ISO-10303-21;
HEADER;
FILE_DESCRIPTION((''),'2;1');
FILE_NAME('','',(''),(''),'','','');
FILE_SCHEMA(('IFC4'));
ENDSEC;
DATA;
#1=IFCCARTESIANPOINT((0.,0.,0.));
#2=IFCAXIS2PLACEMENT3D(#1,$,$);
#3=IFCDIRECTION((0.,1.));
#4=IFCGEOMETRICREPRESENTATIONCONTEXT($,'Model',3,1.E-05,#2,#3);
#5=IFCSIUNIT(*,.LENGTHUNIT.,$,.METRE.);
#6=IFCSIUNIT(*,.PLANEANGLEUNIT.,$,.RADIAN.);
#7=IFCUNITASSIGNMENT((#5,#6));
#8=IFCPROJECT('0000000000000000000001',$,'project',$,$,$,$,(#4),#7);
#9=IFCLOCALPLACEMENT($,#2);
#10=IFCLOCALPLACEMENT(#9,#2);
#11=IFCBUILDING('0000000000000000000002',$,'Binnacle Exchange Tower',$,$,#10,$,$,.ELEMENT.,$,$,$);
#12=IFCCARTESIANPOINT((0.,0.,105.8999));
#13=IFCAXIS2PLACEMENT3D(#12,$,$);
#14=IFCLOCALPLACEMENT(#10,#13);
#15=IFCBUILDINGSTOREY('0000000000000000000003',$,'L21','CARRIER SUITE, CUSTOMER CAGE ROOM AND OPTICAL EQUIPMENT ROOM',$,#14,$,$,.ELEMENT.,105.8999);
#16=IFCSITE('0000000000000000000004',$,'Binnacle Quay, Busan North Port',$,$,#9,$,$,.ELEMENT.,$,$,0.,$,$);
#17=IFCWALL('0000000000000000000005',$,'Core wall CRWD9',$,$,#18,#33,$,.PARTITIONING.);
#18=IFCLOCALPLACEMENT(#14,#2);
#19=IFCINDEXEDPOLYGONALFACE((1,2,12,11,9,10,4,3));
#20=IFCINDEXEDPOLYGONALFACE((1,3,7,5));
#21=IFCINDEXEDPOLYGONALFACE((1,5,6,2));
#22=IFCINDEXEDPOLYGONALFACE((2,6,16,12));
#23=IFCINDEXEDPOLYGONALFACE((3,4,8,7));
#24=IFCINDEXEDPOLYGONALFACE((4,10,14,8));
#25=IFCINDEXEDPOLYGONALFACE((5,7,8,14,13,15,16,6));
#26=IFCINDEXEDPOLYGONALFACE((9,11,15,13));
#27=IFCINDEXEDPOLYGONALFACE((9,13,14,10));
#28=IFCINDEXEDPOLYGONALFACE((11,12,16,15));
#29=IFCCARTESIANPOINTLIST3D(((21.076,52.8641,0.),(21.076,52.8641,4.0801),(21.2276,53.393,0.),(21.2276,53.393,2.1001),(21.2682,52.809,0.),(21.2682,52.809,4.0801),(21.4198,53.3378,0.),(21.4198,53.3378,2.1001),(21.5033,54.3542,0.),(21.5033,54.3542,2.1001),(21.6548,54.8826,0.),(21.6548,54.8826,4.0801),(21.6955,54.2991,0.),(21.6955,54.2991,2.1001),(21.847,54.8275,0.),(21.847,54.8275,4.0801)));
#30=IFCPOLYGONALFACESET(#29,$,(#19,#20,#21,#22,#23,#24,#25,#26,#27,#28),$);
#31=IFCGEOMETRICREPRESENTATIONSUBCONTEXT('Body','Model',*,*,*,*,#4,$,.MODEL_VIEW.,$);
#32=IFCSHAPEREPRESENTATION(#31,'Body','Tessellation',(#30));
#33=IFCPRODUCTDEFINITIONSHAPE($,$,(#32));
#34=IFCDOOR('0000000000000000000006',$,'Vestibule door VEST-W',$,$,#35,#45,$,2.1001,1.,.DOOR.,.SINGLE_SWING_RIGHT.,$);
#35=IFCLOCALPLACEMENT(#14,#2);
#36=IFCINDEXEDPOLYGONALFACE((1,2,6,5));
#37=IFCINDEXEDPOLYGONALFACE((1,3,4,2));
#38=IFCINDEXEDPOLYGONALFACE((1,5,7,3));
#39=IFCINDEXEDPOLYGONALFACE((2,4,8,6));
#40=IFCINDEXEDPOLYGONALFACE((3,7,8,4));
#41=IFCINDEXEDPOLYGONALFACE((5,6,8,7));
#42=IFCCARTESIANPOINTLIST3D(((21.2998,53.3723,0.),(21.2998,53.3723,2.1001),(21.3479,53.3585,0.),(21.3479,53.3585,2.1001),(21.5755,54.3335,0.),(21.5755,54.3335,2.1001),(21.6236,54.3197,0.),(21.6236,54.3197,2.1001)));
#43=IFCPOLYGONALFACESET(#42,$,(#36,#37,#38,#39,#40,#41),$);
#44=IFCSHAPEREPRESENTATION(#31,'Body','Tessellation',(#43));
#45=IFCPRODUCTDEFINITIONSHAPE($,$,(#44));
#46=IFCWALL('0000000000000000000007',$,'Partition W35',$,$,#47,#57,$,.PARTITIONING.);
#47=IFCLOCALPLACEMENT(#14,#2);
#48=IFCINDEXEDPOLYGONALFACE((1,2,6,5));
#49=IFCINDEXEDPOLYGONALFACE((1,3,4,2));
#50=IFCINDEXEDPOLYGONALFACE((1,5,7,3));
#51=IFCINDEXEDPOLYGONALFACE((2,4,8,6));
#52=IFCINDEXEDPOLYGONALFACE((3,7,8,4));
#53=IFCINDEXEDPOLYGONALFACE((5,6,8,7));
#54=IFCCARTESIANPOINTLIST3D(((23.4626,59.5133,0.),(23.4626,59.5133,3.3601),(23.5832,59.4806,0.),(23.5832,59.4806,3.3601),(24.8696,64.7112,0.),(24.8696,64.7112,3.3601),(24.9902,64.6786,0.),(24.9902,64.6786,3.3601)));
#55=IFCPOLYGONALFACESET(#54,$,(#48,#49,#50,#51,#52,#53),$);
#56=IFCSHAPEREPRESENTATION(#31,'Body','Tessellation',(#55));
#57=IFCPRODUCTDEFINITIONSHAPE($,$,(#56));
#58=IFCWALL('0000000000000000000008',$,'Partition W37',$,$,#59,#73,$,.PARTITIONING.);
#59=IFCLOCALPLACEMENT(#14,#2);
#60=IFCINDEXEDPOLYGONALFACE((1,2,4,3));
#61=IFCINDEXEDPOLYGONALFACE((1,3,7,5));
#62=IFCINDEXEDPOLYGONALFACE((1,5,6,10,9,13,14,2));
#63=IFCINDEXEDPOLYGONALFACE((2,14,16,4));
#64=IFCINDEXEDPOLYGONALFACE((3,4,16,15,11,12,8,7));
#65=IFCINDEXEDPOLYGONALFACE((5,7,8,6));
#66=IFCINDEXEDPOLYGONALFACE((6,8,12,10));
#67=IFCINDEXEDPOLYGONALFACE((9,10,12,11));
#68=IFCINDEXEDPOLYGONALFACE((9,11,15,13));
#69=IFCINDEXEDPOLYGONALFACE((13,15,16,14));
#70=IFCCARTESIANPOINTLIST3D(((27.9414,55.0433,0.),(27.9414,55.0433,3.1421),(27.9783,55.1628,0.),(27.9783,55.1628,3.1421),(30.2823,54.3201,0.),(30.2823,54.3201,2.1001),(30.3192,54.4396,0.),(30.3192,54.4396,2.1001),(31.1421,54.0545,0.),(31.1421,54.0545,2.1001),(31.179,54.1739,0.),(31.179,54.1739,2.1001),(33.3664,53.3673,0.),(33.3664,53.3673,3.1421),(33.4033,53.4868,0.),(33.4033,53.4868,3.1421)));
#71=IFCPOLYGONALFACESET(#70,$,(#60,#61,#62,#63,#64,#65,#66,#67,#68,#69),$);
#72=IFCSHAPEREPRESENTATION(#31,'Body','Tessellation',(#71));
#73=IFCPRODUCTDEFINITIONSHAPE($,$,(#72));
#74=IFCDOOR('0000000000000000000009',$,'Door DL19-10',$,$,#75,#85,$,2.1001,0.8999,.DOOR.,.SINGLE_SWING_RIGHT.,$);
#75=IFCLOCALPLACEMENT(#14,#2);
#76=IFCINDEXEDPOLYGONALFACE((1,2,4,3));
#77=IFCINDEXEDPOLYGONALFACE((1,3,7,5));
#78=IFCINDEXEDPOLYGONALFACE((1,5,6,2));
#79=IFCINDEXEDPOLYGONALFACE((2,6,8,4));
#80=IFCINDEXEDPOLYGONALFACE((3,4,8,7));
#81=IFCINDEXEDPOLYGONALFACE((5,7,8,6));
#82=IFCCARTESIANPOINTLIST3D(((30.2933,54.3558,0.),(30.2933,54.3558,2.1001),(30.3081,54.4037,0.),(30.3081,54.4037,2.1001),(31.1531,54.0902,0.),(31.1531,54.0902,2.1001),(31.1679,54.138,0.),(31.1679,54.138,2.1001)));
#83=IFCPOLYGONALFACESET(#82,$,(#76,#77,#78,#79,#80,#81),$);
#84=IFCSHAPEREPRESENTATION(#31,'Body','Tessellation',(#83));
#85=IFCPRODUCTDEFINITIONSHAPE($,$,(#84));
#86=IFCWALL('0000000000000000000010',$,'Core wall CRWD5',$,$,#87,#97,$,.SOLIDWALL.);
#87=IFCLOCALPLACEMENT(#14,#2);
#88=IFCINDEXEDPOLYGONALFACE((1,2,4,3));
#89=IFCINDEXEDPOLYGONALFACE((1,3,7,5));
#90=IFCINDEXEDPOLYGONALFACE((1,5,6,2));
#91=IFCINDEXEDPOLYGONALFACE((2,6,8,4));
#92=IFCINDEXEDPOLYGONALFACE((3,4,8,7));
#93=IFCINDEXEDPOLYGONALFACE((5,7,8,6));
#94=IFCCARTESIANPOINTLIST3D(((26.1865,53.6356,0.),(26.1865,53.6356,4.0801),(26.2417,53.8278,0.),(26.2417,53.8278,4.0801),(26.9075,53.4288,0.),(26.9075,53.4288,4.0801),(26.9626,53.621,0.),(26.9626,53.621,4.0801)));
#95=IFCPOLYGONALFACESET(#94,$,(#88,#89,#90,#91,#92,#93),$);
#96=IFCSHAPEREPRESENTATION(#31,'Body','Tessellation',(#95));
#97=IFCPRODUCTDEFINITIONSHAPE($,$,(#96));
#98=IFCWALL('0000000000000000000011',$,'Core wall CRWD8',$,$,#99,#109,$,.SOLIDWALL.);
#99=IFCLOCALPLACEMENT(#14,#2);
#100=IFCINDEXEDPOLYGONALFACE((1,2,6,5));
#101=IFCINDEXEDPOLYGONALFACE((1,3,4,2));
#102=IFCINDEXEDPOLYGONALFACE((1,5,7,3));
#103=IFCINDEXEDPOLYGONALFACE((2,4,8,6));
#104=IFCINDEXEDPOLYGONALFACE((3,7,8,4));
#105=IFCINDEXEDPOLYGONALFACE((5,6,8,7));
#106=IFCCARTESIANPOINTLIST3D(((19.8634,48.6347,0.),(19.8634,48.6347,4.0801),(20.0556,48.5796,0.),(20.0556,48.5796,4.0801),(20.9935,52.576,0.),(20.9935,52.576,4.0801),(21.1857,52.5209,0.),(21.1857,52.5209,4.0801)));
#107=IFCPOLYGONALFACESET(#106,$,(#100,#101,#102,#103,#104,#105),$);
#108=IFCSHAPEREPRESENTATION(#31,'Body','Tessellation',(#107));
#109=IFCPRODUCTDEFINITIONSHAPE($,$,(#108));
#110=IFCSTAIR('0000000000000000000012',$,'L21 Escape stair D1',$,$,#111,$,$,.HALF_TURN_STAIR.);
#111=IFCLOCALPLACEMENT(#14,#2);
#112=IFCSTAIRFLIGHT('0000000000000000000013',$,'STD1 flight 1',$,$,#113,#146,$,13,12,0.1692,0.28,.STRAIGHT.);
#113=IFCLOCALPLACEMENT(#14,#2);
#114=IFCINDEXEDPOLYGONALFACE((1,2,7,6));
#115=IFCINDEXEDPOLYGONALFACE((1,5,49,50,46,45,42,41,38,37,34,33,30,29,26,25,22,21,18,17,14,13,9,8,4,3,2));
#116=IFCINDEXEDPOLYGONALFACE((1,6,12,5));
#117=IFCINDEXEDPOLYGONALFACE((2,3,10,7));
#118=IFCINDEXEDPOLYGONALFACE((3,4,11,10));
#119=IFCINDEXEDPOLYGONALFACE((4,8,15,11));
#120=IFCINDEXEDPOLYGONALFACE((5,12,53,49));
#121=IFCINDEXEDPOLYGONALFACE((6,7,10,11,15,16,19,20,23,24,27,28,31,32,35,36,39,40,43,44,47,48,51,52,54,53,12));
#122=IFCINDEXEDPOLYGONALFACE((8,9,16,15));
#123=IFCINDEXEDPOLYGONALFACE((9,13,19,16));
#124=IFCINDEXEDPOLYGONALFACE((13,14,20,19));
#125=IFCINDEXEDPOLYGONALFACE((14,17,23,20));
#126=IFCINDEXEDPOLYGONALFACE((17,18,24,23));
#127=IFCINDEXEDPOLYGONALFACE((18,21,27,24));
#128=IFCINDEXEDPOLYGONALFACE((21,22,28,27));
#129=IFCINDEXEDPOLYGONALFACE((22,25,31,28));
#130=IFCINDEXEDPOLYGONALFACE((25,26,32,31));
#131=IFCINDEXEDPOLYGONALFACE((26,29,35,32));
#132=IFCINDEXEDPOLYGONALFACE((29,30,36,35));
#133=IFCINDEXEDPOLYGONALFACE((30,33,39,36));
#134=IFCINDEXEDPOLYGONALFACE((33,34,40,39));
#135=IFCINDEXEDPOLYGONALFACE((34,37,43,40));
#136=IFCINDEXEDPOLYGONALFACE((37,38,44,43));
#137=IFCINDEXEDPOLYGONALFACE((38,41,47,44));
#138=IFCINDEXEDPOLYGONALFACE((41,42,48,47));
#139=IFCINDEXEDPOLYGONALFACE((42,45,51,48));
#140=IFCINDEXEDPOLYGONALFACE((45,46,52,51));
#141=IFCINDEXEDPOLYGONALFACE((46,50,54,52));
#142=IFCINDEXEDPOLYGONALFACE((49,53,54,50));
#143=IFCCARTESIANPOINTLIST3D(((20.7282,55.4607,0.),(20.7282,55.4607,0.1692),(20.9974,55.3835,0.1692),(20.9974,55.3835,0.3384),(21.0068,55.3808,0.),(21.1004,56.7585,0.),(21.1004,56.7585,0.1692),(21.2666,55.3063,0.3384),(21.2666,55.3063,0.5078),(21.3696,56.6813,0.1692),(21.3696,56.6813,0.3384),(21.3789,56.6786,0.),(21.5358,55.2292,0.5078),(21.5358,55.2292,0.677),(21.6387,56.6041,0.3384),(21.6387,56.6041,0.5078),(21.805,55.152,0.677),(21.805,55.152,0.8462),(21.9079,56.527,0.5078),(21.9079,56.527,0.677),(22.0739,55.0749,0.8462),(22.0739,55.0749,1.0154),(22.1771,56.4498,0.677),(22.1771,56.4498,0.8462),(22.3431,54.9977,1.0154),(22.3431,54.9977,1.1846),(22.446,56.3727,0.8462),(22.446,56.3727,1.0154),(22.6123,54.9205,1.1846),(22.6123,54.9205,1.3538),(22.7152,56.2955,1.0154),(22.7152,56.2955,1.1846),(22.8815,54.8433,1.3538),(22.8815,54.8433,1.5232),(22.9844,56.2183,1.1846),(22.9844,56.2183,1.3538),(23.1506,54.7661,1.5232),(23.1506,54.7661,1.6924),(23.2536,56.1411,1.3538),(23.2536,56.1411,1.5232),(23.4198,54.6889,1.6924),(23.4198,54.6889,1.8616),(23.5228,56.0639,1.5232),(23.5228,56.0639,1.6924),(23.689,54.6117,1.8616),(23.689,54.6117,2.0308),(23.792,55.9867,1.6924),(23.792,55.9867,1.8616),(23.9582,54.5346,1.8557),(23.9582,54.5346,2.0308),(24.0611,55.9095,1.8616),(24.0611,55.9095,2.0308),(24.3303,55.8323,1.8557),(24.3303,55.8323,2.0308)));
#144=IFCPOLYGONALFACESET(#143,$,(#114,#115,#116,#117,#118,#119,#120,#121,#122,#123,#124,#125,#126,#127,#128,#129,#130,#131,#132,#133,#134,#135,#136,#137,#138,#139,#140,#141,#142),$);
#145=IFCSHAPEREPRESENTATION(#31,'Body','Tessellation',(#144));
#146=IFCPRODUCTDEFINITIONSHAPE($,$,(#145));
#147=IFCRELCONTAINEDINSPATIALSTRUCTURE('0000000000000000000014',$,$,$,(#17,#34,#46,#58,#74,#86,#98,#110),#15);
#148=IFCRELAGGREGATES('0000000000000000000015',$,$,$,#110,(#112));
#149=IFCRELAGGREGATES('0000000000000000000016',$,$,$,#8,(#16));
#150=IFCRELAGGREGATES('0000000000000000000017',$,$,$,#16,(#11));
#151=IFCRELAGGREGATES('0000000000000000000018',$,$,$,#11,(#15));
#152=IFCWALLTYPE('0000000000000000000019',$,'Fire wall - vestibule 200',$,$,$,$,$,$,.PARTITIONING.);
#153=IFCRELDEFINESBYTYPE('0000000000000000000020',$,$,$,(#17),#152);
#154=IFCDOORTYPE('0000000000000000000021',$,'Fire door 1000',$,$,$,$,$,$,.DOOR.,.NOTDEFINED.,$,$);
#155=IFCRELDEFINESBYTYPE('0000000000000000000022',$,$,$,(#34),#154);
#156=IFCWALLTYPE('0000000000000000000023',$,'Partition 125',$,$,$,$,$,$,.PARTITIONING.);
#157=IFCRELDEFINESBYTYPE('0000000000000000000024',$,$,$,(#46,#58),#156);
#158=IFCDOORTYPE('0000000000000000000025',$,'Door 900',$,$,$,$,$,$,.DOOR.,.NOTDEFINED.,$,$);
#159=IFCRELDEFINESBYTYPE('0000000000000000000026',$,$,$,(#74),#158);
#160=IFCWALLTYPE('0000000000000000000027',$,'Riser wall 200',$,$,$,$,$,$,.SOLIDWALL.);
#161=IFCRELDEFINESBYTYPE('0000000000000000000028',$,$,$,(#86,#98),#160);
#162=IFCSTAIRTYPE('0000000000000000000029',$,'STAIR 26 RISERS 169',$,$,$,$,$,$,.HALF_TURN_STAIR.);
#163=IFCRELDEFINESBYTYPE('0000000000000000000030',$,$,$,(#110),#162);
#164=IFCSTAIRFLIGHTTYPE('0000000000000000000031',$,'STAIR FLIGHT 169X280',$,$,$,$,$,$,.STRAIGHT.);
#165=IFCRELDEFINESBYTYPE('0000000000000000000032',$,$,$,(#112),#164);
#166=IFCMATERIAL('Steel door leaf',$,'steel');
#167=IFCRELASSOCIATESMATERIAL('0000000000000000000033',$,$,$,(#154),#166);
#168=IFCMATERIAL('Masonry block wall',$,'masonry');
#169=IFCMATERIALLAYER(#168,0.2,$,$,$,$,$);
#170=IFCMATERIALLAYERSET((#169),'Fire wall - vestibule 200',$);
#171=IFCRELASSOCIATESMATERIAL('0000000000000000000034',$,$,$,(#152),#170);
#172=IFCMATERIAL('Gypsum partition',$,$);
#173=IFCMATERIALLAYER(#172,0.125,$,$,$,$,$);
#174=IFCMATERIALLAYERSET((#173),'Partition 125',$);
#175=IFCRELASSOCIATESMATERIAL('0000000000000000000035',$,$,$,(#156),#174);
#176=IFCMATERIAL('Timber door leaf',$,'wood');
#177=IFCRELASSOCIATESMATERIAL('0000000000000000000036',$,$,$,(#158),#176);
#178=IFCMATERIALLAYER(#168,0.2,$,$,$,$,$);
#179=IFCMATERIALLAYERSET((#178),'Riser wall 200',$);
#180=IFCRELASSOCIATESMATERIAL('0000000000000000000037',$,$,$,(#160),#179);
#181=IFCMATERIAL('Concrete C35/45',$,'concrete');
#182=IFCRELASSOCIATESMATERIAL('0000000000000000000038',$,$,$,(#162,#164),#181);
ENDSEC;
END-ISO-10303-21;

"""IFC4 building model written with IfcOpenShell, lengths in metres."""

from ifc_helpers import new_model, si_unit, direction, frame, frame_2d, origin, place, context, subcontext, project, spatial, polyline, rectangle, outline, extrude, material, layer, layer_set, type_object, element, fill, aggregate, save


model = new_model("IFC4")

# Units and contexts
model_context = context("Model", 3, precision=1e-05, world=origin(), true_north=direction((0.0, 1.0)))
body_context = subcontext(model_context, "Body", "Model", "MODEL_VIEW")
ifc_project = project(units=[si_unit("LENGTHUNIT", "METRE"), si_unit("PLANEANGLEUNIT", "RADIAN")], contexts=[model_context])

# Site, building, storey
site_placement = place(None, origin())
site = spatial("IfcSite", under=ifc_project, at=site_placement, Name="Binnacle Quay, Busan North Port", CompositionType="ELEMENT", RefElevation=0.0)
building_placement = place(site_placement, origin())
building = spatial("IfcBuilding", under=site, at=building_placement, Name="Binnacle Exchange Tower", CompositionType="ELEMENT")
storey_placement = place(building_placement, frame((0.0, 0.0, 105.8999)))
storey = spatial("IfcBuildingStorey", under=building, at=storey_placement, Name="L21", Description="CARRIER SUITE, CUSTOMER CAGE ROOM AND OPTICAL EQUIPMENT ROOM", CompositionType="ELEMENT", Elevation=105.8999)

# Shared definitions
ifc_material_1 = material(Name="Steel door leaf", Category="steel")

# Shared definitions
door_type_1 = type_object("IfcDoorType", Name="Fire door 1000", OperationType="NOTDEFINED", PredefinedType="DOOR", material=ifc_material_1)

# Wall, opening, door
ifc_material_2 = material(Name="Masonry block wall", Category="masonry")
ifc_layer_1 = layer(ifc_material_2, 0.2)
ifc_layer_set_1 = layer_set([ifc_layer_1], Name="Fire wall - vestibule 200")
wall_type_1 = type_object("IfcWallType", Name="Fire wall - vestibule 200", PredefinedType="PARTITIONING", material=ifc_layer_set_1)
wall_1_placement = place(storey_placement, frame((21.1721, 52.8367, 0.0), z_axis=(0.0, 0.0, 1.0), x_axis=(0.275658, 0.961256, 0.0)))
wall_1 = element("IfcWall", 1, at=wall_1_placement, inside=storey, type_object=wall_type_1, Name="Core wall CRWD9", PredefinedType="PARTITIONING", context=body_context, shape_type="SweptSolid", body=[
    extrude(rectangle(XDim=2.0999, YDim=0.2, at=frame_2d((1.0498, 0.0))), origin(), (0.0, 0.0, 1.0), 4.0801),
])
opening_1_placement = place(wall_1_placement, frame((0.55, 0.0, 0.0)))
opening_1 = element("IfcOpeningElement", 2, at=opening_1_placement, cuts=wall_1, PredefinedType="OPENING", context=body_context, shape_type="SweptSolid", body=[
    extrude(rectangle(XDim=1.0, YDim=2.1001, at=frame_2d((0.5, 1.05))), frame((0.0, 0.1099, 0.0), z_axis=(0.0, -1.0, 0.0), x_axis=(1.0, 0.0, 0.0)), (0.0, 0.0, 1.0), 0.22),
])
door_1_placement = place(opening_1_placement, origin())
door_1 = element("IfcDoor", 3, at=door_1_placement, inside=storey, type_object=door_type_1, Name="Vestibule door VEST-W", OperationType="SINGLE_SWING_RIGHT", OverallHeight=2.1001, OverallWidth=1.0, PredefinedType="DOOR", context=body_context, shape_type="SweptSolid", body=[
    extrude(rectangle(XDim=1.0, YDim=2.1001, at=frame_2d((0.5, 1.05))), frame((0.0, 0.0249, 0.0), z_axis=(0.0, -1.0, 0.0), x_axis=(1.0, 0.0, 0.0)), (0.0, 0.0, 1.0), 0.05),
])
fill(opening_1, door_1)

# Wall
ifc_material_3 = material(Name="Gypsum partition")
ifc_layer_2 = layer(ifc_material_3, 0.125)
ifc_layer_set_2 = layer_set([ifc_layer_2], Name="Partition 125")
wall_type_2 = type_object("IfcWallType", Name="Partition 125", PredefinedType="PARTITIONING", material=ifc_layer_set_2)
wall_2_placement = place(storey_placement, frame((23.5229, 59.4971, 0.0), z_axis=(0.0, 0.0, 1.0), x_axis=(0.261276, 0.965264, 0.0)))
element("IfcWall", 4, at=wall_2_placement, inside=storey, type_object=wall_type_2, Name="Partition W35", PredefinedType="PARTITIONING", context=body_context, shape_type="SweptSolid", body=[
    extrude(rectangle(XDim=5.385, YDim=0.125, at=frame_2d((2.6924, 0.0))), origin(), (0.0, 0.0, 1.0), 3.3601),
])

# Wall, opening, door
wall_3_placement = place(storey_placement, frame((27.96, 55.103, 0.0), z_axis=(0.0, 0.0, 1.0), x_axis=(0.955443, -0.295176, 0.0)))
wall_3 = element("IfcWall", 5, at=wall_3_placement, inside=storey, type_object=wall_type_2, Name="Partition W37", PredefinedType="PARTITIONING", context=body_context, shape_type="SweptSolid", body=[
    extrude(rectangle(XDim=5.678, YDim=0.125, at=frame_2d((2.8389, 0.0))), origin(), (0.0, 0.0, 1.0), 3.1421),
])
opening_2_placement = place(wall_3_placement, frame((2.45, 0.0, 0.0)))
opening_2 = element("IfcOpeningElement", 6, at=opening_2_placement, cuts=wall_3, PredefinedType="OPENING", context=body_context, shape_type="SweptSolid", body=[
    extrude(rectangle(XDim=0.8999, YDim=2.1001, at=frame_2d((0.45, 1.05))), frame((0.0, 0.0725, 0.0), z_axis=(0.0, -1.0, 0.0), x_axis=(1.0, 0.0, 0.0)), (0.0, 0.0, 1.0), 0.145),
])
ifc_material_4 = material(Name="Timber door leaf", Category="wood")
door_type_2 = type_object("IfcDoorType", Name="Door 900", OperationType="NOTDEFINED", PredefinedType="DOOR", material=ifc_material_4)
door_2_placement = place(opening_2_placement, origin())
door_2 = element("IfcDoor", 7, at=door_2_placement, inside=storey, type_object=door_type_2, Name="Door DL19-10", OperationType="SINGLE_SWING_RIGHT", OverallHeight=2.1001, OverallWidth=0.8999, PredefinedType="DOOR", context=body_context, shape_type="SweptSolid", body=[
    extrude(rectangle(XDim=0.8999, YDim=2.1001, at=frame_2d((0.45, 1.05))), frame((0.0, 0.0249, 0.0), z_axis=(0.0, -1.0, 0.0), x_axis=(1.0, 0.0, 0.0)), (0.0, 0.0, 1.0), 0.05),
])
fill(opening_2, door_2)

# Walls
ifc_layer_3 = layer(ifc_material_2, 0.2)
ifc_layer_set_3 = layer_set([ifc_layer_3], Name="Riser wall 200")
wall_type_3 = type_object("IfcWallType", Name="Riser wall 200", PredefinedType="SOLIDWALL", material=ifc_layer_set_3)
wall_4_placement = place(storey_placement, frame((26.2141, 53.7317, 0.0), z_axis=(0.0, 0.0, 1.0), x_axis=(0.961241, -0.27571, 0.0)))
element("IfcWall", 8, at=wall_4_placement, inside=storey, type_object=wall_type_3, Name="Core wall CRWD5", PredefinedType="SOLIDWALL", context=body_context, shape_type="SweptSolid", body=[
    extrude(rectangle(XDim=0.75, YDim=0.2, at=frame_2d((0.375, 0.0))), origin(), (0.0, 0.0, 1.0), 4.0801),
])
wall_5_placement = place(storey_placement, frame((19.9595, 48.6072, 0.0), z_axis=(0.0, 0.0, 1.0), x_axis=(0.275641, 0.961261, 0.0)))
element("IfcWall", 9, at=wall_5_placement, inside=storey, type_object=wall_type_3, Name="Core wall CRWD8", PredefinedType="SOLIDWALL", context=body_context, shape_type="SweptSolid", body=[
    extrude(rectangle(XDim=4.1001, YDim=0.2, at=frame_2d((2.05, 0.0))), origin(), (0.0, 0.0, 1.0), 4.0801),
])

# Stair, stair flight
ifc_material_5 = material(Name="Concrete C35/45", Category="concrete")
stair_type = type_object("IfcStairType", Name="STAIR 26 RISERS 169", PredefinedType="HALF_TURN_STAIR", material=ifc_material_5)
stair_placement = place(storey_placement, origin())
stair = element("IfcStair", 10, at=stair_placement, inside=storey, type_object=stair_type, Name="L21 Escape stair D1", PredefinedType="HALF_TURN_STAIR")
stair_flight_type = type_object("IfcStairFlightType", Name="STAIR FLIGHT 169X280", PredefinedType="STRAIGHT", material=ifc_material_5)
stair_flight_1_placement = place(storey_placement, frame((20.9143, 56.1096, 0.0), z_axis=(0.0, 0.0, 1.0), x_axis=(0.961262, -0.275637, 0.0)))
stair_flight_1 = element("IfcStairFlight", 11, at=stair_flight_1_placement, type_object=stair_flight_type, Name="STD1 flight 1", NumberOfRisers=13, NumberOfTreads=12, PredefinedType="STRAIGHT", RiserHeight=0.1692, TreadLength=0.28, context=body_context, shape_type="SweptSolid", body=[
    extrude(outline(polyline([(0.0, 0.0), (0.0, 0.1692), (0.28, 0.1692), (0.28, 0.3384), (0.5601, 0.3384), (0.5601, 0.5078), (0.8401, 0.5078), (0.8401, 0.677), (1.1201, 0.677), (1.1201, 0.8462), (1.3999, 0.8462), (1.3999, 1.0154), (1.6799, 1.0154), (1.6799, 1.1846), (1.96, 1.1846), (1.96, 1.3538), (2.24, 1.3538), (2.24, 1.5232), (2.52, 1.5232), (2.52, 1.6924), (2.8, 1.6924), (2.8, 1.8616), (3.0801, 1.8616), (3.0801, 2.0308), (3.3601, 2.0308), (3.3601, 2.2), (3.3601, 1.8557), (0.2898, 0.0), (0.0, 0.0)])), frame((0.0, 0.675, 0.0), z_axis=(0.0, -1.0, 0.0), x_axis=(1.0, 0.0, 0.0)), (0.0, 0.0, 1.0), 1.3501),
])
aggregate(stair, [stair_flight_1])

save(model, "model.ifc")
